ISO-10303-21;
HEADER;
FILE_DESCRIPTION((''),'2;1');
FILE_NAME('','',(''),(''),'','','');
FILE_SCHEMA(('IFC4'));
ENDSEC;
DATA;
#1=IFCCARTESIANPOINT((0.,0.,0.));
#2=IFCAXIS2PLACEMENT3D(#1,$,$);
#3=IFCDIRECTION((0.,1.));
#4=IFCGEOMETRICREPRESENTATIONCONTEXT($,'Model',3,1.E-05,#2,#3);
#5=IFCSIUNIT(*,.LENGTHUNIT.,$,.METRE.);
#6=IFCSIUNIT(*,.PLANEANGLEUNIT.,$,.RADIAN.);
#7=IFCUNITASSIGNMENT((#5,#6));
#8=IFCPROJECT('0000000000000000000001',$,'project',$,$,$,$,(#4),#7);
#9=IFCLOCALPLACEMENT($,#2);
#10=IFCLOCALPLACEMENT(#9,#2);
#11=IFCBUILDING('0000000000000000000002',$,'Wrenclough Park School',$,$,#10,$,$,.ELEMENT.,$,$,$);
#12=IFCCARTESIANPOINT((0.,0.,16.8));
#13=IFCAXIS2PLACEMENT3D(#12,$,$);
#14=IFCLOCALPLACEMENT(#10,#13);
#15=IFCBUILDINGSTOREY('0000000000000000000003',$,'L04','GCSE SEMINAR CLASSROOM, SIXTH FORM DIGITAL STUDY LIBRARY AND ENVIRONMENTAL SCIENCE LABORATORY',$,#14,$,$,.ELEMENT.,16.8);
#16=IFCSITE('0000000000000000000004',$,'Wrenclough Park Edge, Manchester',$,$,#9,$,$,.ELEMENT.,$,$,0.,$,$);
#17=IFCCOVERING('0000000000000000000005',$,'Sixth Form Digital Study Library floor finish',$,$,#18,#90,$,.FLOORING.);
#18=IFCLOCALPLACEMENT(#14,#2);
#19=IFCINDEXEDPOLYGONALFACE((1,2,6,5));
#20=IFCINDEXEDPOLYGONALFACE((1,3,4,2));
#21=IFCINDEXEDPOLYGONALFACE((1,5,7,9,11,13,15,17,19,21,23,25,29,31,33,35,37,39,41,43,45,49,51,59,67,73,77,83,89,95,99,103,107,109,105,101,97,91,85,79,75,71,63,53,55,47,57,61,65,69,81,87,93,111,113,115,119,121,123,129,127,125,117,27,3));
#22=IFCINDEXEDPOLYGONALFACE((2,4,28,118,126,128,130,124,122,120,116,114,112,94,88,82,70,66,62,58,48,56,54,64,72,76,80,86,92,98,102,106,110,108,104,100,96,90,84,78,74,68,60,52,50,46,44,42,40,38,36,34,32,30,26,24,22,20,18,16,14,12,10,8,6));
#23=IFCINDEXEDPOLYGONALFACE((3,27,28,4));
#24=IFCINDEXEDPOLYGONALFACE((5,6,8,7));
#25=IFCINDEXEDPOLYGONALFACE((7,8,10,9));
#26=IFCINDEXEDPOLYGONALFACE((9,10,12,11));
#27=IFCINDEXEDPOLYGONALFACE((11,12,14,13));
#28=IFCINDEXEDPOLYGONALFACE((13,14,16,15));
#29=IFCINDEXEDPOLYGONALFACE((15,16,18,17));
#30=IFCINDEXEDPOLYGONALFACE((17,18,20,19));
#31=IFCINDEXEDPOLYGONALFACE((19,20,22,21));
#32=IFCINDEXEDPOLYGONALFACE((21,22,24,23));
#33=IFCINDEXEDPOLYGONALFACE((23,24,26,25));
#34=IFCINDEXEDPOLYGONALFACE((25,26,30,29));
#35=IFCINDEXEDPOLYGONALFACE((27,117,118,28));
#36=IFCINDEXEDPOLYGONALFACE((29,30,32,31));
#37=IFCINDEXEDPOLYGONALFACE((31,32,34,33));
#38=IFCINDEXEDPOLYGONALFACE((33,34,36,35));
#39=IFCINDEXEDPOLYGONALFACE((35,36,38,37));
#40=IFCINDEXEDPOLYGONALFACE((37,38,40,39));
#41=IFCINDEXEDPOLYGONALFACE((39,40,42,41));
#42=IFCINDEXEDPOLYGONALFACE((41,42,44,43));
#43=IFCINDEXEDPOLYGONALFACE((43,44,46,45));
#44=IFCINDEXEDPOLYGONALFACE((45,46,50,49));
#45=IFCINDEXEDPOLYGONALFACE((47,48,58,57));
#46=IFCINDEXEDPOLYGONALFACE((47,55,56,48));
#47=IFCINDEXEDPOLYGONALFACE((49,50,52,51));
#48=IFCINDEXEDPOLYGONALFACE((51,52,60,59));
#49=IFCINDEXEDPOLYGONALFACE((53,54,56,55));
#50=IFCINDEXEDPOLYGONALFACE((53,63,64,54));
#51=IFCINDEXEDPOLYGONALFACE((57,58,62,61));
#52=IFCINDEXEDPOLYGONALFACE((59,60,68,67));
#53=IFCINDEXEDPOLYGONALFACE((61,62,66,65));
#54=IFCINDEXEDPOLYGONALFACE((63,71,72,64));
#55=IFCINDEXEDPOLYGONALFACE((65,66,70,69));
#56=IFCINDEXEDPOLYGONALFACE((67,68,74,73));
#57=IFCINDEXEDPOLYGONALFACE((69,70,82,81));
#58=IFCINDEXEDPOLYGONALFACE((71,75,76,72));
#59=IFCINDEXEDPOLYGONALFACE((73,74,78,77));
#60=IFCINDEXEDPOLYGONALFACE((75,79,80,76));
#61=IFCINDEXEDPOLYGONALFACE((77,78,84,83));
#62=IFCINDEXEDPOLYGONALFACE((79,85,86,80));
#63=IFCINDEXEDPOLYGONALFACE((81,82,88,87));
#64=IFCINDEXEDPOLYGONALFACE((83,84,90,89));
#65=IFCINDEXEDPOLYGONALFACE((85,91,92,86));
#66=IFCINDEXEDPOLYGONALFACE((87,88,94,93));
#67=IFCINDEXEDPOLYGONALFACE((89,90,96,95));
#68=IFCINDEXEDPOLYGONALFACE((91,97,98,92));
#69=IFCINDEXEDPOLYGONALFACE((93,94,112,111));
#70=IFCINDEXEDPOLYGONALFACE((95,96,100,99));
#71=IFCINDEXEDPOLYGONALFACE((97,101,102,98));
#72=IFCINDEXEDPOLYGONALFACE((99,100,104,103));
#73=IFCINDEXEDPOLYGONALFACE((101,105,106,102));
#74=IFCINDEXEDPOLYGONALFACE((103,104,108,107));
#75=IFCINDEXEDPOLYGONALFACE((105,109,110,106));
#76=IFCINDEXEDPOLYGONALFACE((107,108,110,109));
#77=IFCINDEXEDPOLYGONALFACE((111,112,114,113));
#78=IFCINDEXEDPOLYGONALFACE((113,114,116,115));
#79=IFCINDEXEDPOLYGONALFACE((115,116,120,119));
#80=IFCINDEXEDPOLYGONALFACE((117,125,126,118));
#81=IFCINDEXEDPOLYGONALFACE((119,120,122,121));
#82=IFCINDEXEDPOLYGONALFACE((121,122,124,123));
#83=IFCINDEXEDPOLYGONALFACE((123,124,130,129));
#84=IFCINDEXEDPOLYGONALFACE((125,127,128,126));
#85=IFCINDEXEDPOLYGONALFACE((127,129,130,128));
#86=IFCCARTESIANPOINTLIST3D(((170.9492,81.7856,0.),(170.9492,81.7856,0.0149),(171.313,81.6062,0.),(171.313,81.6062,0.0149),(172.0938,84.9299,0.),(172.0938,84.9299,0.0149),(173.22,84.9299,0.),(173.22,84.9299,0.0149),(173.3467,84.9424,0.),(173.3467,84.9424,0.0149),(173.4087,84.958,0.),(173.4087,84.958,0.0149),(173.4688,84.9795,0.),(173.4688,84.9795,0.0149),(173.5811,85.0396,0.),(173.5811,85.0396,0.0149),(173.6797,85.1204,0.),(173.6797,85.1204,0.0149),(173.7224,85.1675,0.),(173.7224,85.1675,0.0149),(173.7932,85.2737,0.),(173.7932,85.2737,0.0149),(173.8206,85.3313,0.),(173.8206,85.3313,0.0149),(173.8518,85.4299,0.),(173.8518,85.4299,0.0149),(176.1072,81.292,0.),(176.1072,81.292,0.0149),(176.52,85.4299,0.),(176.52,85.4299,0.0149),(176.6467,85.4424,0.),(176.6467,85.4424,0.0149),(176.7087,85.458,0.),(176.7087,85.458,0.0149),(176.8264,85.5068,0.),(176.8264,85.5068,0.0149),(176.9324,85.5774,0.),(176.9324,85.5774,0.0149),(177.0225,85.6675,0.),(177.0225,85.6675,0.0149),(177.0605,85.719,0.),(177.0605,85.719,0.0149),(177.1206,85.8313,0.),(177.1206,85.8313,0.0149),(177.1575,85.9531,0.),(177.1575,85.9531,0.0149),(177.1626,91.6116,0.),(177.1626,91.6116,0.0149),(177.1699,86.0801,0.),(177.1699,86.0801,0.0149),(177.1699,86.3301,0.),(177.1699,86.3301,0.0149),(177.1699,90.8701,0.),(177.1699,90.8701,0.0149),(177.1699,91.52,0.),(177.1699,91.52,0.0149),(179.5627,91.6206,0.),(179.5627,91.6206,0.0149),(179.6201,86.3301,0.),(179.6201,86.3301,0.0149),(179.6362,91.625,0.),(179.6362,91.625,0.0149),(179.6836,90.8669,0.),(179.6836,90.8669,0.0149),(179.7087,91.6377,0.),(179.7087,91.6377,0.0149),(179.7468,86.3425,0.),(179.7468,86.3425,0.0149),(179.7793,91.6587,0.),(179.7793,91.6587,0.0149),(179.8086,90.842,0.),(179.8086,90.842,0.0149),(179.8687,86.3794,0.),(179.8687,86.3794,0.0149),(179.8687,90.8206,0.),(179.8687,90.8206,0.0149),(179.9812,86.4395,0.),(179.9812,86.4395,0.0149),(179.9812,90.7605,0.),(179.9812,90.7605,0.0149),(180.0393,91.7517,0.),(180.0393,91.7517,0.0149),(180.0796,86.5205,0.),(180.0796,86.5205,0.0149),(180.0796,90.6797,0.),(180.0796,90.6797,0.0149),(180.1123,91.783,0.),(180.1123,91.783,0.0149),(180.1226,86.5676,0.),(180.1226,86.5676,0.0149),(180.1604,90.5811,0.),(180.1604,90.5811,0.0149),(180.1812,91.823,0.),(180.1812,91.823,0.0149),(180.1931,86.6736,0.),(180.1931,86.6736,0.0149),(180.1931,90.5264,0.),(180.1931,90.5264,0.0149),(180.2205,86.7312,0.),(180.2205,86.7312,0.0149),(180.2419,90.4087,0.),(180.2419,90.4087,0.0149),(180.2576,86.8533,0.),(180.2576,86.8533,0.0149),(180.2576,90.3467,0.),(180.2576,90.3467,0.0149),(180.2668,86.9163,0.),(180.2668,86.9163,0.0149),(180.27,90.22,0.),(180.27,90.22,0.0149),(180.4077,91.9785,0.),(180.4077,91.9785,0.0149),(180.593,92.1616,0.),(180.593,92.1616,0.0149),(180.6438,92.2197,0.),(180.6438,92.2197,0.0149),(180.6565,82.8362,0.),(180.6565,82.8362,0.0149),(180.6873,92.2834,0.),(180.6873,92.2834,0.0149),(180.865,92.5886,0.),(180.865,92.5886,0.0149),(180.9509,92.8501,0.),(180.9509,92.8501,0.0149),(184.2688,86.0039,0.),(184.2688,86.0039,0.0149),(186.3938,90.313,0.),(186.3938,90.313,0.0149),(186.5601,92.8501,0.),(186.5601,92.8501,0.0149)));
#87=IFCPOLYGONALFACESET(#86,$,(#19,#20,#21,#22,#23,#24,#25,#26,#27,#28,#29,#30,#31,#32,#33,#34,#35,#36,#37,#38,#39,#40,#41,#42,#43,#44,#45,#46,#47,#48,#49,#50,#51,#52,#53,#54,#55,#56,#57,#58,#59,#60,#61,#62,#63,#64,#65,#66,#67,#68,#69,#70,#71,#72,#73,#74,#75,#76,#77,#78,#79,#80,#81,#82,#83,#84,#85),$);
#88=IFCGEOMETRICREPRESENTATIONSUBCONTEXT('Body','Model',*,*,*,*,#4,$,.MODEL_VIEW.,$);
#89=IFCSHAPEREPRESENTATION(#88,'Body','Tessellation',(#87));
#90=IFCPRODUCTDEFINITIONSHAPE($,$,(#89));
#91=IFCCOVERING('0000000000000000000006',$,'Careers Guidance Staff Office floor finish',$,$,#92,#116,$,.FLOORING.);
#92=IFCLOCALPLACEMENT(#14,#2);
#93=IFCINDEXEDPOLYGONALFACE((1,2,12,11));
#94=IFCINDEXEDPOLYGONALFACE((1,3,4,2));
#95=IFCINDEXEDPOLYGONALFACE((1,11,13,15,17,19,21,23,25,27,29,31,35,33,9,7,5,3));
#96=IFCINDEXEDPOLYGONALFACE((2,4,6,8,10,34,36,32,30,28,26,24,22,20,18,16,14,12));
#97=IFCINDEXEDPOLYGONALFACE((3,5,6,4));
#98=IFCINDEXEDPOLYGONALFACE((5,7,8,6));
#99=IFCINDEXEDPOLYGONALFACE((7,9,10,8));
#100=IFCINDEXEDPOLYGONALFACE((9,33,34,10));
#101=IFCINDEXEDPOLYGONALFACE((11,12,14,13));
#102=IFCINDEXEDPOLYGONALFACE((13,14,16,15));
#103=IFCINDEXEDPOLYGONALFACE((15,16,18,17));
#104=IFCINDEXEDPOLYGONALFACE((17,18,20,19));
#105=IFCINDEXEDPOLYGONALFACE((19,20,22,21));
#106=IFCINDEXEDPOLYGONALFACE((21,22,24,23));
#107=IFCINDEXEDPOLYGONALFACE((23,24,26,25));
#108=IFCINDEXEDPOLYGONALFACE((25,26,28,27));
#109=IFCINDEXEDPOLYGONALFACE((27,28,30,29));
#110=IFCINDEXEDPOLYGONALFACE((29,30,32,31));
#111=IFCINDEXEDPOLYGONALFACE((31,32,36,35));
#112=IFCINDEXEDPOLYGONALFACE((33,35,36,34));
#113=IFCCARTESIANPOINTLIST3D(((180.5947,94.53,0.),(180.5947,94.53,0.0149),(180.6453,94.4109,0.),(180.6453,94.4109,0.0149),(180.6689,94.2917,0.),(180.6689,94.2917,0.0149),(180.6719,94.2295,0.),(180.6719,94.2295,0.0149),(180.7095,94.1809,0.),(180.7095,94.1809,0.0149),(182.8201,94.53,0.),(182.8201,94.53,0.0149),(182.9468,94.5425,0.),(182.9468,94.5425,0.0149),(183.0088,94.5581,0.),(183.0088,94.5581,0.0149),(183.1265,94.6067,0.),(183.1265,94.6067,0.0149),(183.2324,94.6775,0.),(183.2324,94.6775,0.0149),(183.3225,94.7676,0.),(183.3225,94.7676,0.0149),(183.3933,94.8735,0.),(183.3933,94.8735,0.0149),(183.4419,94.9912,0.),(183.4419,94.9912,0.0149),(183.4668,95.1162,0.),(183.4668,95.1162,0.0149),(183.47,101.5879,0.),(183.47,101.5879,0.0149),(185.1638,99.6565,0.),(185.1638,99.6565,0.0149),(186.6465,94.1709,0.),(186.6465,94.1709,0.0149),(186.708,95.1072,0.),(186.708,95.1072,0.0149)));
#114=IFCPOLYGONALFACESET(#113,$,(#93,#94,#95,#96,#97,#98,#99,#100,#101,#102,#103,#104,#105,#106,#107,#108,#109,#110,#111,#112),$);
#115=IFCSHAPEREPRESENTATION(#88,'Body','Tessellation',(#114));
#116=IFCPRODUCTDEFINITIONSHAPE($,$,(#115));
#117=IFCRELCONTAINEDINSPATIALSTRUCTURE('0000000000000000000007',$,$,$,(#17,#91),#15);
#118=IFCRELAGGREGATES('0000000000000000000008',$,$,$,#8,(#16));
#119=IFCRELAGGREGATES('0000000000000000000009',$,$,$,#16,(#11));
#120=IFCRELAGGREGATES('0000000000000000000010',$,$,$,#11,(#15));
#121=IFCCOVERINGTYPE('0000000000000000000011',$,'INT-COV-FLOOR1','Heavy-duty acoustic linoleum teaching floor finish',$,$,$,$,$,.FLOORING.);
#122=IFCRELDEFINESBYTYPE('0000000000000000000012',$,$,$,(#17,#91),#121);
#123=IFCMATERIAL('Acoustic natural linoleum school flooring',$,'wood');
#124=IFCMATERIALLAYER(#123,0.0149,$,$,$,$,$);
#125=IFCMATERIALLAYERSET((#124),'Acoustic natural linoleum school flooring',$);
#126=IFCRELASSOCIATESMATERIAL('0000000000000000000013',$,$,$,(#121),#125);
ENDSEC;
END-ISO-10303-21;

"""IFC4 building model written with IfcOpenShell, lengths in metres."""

from ifc_helpers import new_model, si_unit, direction, frame, origin, place, context, subcontext, project, spatial, polyline, outline, extrude, material, layer, layer_set, type_object, element, save


model = new_model("IFC4")

# Units and contexts
model_context = context("Model", 3, precision=1e-05, world=origin(), true_north=direction((0.0, 1.0)))
body_context = subcontext(model_context, "Body", "Model", "MODEL_VIEW")
ifc_project = project(units=[si_unit("LENGTHUNIT", "METRE"), si_unit("PLANEANGLEUNIT", "RADIAN")], contexts=[model_context])

# Site, building, storey
site_placement = place(None, origin())
site = spatial("IfcSite", under=ifc_project, at=site_placement, Name="Wrenclough Park Edge, Manchester", CompositionType="ELEMENT", RefElevation=0.0)
building_placement = place(site_placement, origin())
building = spatial("IfcBuilding", under=site, at=building_placement, Name="Wrenclough Park School", CompositionType="ELEMENT")
storey_placement = place(building_placement, frame((0.0, 0.0, 16.8)))
storey = spatial("IfcBuildingStorey", under=building, at=storey_placement, Name="L04", Description="GCSE SEMINAR CLASSROOM, SIXTH FORM DIGITAL STUDY LIBRARY AND ENVIRONMENTAL SCIENCE LABORATORY", CompositionType="ELEMENT", Elevation=16.8)

# Coverings
ifc_material_1 = material(Name="Acoustic natural linoleum school flooring", Category="wood")
ifc_layer_1 = layer(ifc_material_1, 0.0149)
ifc_layer_set_1 = layer_set([ifc_layer_1], Name="Acoustic natural linoleum school flooring")
covering_type_1 = type_object("IfcCoveringType", Name="INT-COV-FLOOR1", Description="Heavy-duty acoustic linoleum teaching floor finish", PredefinedType="FLOORING", material=ifc_layer_set_1)
covering_1_placement = place(storey_placement, origin())
element("IfcCovering", 1, at=covering_1_placement, inside=storey, type_object=covering_type_1, Name="Sixth Form Digital Study Library floor finish", PredefinedType="FLOORING", context=body_context, shape_type="SweptSolid", body=[
    extrude(outline(polyline([(176.52, 85.4299), (173.8518, 85.4299), (173.8206, 85.3313), (173.7932, 85.2737), (173.7224, 85.1675), (173.6797, 85.1204), (173.5811, 85.0396), (173.4688, 84.9795), (173.4087, 84.958), (173.3467, 84.9424), (173.22, 84.9299), (172.0938, 84.9299), (170.9492, 81.7856), (171.313, 81.6062), (176.1072, 81.292), (180.6565, 82.8362), (184.2688, 86.0039), (186.3938, 90.313), (186.5601, 92.8501), (180.9509, 92.8501), (180.865, 92.5886), (180.6873, 92.2834), (180.6438, 92.2197), (180.593, 92.1616), (180.4077, 91.9785), (180.1812, 91.823), (180.1123, 91.783), (180.0393, 91.7517), (179.7793, 91.6587), (179.7087, 91.6377), (179.6362, 91.625), (179.5627, 91.6206), (177.1626, 91.6116), (177.1699, 91.52), (177.1699, 90.8701), (179.6836, 90.8669), (179.8086, 90.842), (179.8687, 90.8206), (179.9812, 90.7605), (180.0796, 90.6797), (180.1604, 90.5811), (180.1931, 90.5264), (180.2419, 90.4087), (180.2576, 90.3467), (180.27, 90.22), (180.2668, 86.9163), (180.2576, 86.8533), (180.2205, 86.7312), (180.1931, 86.6736), (180.1226, 86.5676), (180.0796, 86.5205), (179.9812, 86.4395), (179.8687, 86.3794), (179.7468, 86.3425), (179.6201, 86.3301), (177.1699, 86.3301), (177.1699, 86.0801), (177.1575, 85.9531), (177.1206, 85.8313), (177.0605, 85.719), (177.0225, 85.6675), (176.9324, 85.5774), (176.8264, 85.5068), (176.7087, 85.458), (176.6467, 85.4424), (176.52, 85.4299)])), origin(), (0.0, 0.0, 1.0), 0.0149),
])
covering_2_placement = place(storey_placement, origin())
element("IfcCovering", 2, at=covering_2_placement, inside=storey, type_object=covering_type_1, Name="Careers Guidance Staff Office floor finish", PredefinedType="FLOORING", context=body_context, shape_type="SweptSolid", body=[
    extrude(outline(polyline([(182.8201, 94.53), (180.5947, 94.53), (180.6453, 94.4109), (180.6689, 94.2917), (180.6719, 94.2295), (180.7095, 94.1809), (186.6465, 94.1709), (186.708, 95.1072), (185.1638, 99.6565), (183.47, 101.5879), (183.4668, 95.1162), (183.4419, 94.9912), (183.3933, 94.8735), (183.3225, 94.7676), (183.2324, 94.6775), (183.1265, 94.6067), (183.0088, 94.5581), (182.9468, 94.5425), (182.8201, 94.53)])), origin(), (0.0, 0.0, 1.0), 0.0149),
])

save(model, "model.ifc")
